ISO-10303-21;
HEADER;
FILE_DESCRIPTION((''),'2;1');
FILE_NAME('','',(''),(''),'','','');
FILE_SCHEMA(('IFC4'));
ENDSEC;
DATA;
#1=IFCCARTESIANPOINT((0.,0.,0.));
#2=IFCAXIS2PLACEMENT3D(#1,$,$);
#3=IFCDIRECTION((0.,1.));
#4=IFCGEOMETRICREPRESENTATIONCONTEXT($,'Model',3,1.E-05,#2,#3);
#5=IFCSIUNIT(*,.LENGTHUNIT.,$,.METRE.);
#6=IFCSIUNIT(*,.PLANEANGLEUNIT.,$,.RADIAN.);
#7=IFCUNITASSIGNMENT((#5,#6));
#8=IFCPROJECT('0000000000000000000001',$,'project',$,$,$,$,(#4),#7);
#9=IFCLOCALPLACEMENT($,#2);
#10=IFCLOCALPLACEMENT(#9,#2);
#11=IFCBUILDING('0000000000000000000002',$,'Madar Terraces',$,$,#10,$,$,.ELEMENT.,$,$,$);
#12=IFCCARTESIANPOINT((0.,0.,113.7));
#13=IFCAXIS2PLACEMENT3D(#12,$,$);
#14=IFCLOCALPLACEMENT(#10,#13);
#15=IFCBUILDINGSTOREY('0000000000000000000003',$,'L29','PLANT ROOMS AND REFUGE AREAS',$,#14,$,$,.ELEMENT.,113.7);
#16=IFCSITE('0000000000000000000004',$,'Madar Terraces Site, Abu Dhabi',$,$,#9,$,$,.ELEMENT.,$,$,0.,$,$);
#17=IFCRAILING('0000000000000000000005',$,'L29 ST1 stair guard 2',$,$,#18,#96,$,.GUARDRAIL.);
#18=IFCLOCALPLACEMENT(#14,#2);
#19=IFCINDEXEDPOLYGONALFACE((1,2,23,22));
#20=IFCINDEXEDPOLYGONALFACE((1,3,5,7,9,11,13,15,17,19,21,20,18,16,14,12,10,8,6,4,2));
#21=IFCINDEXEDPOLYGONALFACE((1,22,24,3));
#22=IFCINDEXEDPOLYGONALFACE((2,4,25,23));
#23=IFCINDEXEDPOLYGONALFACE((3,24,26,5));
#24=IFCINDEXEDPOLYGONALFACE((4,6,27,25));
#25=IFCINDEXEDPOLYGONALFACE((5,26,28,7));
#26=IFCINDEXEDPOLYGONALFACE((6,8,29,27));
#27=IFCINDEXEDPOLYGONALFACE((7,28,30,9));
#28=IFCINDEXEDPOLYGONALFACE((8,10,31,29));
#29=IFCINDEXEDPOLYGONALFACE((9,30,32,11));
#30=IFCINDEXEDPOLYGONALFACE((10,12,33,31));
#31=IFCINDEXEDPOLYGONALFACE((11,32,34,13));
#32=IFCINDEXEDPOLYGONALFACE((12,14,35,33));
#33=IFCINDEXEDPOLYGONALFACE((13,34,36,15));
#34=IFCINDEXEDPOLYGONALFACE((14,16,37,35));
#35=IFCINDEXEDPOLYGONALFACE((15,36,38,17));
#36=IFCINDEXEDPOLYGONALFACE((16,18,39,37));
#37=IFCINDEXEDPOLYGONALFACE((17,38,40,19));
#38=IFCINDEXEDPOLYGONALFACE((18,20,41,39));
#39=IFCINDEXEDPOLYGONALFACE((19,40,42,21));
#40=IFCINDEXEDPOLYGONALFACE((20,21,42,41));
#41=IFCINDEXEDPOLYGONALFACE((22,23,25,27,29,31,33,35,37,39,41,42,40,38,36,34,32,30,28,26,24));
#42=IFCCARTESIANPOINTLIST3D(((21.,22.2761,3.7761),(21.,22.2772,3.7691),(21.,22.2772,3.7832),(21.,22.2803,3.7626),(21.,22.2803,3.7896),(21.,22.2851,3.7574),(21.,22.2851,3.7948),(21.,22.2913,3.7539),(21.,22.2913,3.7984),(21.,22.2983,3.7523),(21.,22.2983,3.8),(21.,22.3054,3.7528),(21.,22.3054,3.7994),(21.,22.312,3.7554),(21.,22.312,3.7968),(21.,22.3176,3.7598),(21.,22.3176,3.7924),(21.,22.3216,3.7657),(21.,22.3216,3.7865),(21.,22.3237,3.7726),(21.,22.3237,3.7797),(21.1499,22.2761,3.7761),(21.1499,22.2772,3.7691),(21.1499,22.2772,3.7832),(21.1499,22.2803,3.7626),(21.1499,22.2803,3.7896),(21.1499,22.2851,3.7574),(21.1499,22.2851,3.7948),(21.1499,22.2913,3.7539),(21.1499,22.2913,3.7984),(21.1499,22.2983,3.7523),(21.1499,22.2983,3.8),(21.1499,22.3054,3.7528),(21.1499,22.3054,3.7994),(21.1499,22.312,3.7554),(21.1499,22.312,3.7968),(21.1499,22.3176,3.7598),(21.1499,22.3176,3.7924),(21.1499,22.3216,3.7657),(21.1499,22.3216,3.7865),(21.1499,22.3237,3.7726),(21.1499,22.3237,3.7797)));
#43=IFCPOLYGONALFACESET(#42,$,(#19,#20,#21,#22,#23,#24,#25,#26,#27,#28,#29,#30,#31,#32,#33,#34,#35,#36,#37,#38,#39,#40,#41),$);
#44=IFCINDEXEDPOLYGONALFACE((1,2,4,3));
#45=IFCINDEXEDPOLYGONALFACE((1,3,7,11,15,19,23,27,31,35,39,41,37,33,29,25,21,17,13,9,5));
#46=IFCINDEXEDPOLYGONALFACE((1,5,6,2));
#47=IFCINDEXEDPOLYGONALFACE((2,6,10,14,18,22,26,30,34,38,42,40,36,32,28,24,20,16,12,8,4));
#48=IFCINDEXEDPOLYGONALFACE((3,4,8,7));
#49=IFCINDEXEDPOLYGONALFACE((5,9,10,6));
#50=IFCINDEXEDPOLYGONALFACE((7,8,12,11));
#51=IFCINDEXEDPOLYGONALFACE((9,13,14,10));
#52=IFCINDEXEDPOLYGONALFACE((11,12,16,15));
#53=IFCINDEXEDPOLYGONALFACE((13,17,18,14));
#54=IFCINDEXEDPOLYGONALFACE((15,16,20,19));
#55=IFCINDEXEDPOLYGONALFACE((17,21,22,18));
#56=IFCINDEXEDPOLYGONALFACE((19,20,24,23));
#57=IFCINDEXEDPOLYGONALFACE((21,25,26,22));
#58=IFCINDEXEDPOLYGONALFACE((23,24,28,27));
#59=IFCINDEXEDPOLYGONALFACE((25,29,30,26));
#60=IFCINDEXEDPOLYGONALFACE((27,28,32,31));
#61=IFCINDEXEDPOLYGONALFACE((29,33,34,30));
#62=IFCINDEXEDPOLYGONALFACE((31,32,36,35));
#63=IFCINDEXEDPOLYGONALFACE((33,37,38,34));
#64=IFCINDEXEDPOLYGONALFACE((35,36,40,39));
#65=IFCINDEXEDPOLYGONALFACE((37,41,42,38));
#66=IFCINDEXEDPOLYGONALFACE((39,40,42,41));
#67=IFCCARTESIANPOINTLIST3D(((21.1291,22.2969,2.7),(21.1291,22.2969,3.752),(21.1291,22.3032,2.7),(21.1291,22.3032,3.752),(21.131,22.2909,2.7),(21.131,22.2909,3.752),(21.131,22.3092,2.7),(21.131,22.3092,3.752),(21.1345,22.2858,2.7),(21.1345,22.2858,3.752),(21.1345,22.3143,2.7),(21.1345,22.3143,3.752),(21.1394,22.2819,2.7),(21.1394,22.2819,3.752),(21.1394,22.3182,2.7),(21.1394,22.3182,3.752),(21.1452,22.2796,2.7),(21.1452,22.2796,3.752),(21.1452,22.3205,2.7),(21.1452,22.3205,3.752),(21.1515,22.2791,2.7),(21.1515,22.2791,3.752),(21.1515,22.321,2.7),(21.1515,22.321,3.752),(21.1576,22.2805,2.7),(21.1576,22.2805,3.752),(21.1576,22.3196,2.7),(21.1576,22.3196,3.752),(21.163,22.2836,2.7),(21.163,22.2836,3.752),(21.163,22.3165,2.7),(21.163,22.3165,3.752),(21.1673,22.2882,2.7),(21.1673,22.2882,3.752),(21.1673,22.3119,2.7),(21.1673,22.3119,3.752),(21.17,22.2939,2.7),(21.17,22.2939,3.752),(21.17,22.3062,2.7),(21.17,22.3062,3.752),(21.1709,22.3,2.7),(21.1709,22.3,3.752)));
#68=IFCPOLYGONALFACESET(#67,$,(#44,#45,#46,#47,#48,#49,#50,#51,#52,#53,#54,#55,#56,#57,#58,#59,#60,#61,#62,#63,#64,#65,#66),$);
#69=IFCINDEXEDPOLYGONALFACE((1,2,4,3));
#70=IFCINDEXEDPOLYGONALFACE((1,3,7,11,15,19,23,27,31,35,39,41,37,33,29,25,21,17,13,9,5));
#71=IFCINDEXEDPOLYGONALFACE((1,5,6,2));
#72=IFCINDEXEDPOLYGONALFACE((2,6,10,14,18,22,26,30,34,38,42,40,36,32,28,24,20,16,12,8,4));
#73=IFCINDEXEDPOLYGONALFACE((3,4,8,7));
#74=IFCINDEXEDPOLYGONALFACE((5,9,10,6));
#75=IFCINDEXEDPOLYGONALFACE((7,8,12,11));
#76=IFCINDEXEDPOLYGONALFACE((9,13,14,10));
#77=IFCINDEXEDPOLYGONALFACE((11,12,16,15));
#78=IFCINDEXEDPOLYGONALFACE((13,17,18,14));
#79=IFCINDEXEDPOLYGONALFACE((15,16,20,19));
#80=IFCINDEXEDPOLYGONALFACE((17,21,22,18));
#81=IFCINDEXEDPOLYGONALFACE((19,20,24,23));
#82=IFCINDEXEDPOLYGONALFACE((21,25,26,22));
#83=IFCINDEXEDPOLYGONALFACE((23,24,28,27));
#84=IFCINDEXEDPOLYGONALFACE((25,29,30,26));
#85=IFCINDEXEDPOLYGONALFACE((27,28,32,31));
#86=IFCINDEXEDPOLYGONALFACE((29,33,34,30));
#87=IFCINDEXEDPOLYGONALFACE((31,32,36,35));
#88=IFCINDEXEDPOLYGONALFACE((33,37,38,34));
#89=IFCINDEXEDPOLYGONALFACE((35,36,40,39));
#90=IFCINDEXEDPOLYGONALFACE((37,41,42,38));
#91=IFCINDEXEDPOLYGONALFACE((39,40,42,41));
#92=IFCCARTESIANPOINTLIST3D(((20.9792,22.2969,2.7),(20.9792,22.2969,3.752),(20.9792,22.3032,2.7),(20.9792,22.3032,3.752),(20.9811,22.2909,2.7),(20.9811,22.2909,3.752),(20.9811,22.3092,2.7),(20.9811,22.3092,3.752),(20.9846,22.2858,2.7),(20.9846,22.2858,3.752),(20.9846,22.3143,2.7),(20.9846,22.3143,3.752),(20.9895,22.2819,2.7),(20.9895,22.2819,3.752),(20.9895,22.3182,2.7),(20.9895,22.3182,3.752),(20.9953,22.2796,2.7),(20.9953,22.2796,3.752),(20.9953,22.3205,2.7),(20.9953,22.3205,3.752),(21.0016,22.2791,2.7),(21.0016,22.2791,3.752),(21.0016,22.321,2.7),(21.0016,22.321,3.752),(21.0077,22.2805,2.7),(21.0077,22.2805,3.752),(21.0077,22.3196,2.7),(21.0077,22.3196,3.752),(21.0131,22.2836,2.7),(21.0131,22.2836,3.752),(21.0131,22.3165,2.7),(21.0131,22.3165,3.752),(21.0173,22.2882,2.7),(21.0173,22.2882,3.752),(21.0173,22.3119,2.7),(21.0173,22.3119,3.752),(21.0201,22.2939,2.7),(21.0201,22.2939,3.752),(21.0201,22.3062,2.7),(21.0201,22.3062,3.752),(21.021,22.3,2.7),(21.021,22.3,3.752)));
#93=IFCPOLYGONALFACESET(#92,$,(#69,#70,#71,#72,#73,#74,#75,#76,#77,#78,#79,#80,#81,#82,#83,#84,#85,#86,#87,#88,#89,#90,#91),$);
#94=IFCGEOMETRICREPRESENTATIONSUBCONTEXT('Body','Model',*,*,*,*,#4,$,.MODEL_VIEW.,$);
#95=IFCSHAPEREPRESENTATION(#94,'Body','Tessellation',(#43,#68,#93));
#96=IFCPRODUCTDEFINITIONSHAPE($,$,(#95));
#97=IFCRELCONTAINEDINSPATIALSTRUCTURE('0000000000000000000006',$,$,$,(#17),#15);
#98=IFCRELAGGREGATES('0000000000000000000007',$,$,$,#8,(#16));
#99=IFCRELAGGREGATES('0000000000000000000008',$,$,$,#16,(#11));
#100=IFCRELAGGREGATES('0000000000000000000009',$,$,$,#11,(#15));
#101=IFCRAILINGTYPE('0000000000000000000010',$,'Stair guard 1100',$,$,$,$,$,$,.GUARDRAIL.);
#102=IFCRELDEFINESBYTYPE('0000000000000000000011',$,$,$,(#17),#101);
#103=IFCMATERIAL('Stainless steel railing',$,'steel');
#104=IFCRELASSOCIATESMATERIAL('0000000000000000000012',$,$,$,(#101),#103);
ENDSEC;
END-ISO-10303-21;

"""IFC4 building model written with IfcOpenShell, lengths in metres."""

from ifc_helpers import new_model, si_unit, direction, frame, origin, origin_2d, place, context, subcontext, project, spatial, circle, extrude, material, type_object, element, save


model = new_model("IFC4")

# Units and contexts
model_context = context("Model", 3, precision=1e-05, world=origin(), true_north=direction((0.0, 1.0)))
body_context = subcontext(model_context, "Body", "Model", "MODEL_VIEW")
ifc_project = project(units=[si_unit("LENGTHUNIT", "METRE"), si_unit("PLANEANGLEUNIT", "RADIAN")], contexts=[model_context])

# Site, building, storey
site_placement = place(None, origin())
site = spatial("IfcSite", under=ifc_project, at=site_placement, Name="Madar Terraces Site, Abu Dhabi", CompositionType="ELEMENT", RefElevation=0.0)
building_placement = place(site_placement, origin())
building = spatial("IfcBuilding", under=site, at=building_placement, Name="Madar Terraces", CompositionType="ELEMENT")
storey_placement = place(building_placement, frame((0.0, 0.0, 113.7)))
storey = spatial("IfcBuildingStorey", under=building, at=storey_placement, Name="L29", Description="PLANT ROOMS AND REFUGE AREAS", CompositionType="ELEMENT", Elevation=113.7)

# Railing
ifc_material_1 = material(Name="Stainless steel railing", Category="steel")
railing_type_1 = type_object("IfcRailingType", Name="Stair guard 1100", PredefinedType="GUARDRAIL", material=ifc_material_1)
railing_1_placement = place(storey_placement, frame((21.1499, 22.3, 2.7)))
element("IfcRailing", 1, at=railing_1_placement, inside=storey, type_object=railing_type_1, Name="L29 ST1 stair guard 2", PredefinedType="GUARDRAIL", context=body_context, shape_type="SweptSolid", body=[
    extrude(circle(Radius=0.0239, at=origin_2d()), frame((0.0, 0.0, 1.0762), z_axis=(-1.0, 0.0, 0.0), x_axis=(0.0, -1.0, 0.0)), (0.0, 0.0, 1.0), 0.1499),
    extrude(circle(Radius=0.021, at=origin_2d()), origin(), (0.0, 0.0, 1.0), 1.052),
    extrude(circle(Radius=0.021, at=origin_2d()), frame((-0.1499, 0.0, 0.0)), (0.0, 0.0, 1.0), 1.052),
])

save(model, "model.ifc")
